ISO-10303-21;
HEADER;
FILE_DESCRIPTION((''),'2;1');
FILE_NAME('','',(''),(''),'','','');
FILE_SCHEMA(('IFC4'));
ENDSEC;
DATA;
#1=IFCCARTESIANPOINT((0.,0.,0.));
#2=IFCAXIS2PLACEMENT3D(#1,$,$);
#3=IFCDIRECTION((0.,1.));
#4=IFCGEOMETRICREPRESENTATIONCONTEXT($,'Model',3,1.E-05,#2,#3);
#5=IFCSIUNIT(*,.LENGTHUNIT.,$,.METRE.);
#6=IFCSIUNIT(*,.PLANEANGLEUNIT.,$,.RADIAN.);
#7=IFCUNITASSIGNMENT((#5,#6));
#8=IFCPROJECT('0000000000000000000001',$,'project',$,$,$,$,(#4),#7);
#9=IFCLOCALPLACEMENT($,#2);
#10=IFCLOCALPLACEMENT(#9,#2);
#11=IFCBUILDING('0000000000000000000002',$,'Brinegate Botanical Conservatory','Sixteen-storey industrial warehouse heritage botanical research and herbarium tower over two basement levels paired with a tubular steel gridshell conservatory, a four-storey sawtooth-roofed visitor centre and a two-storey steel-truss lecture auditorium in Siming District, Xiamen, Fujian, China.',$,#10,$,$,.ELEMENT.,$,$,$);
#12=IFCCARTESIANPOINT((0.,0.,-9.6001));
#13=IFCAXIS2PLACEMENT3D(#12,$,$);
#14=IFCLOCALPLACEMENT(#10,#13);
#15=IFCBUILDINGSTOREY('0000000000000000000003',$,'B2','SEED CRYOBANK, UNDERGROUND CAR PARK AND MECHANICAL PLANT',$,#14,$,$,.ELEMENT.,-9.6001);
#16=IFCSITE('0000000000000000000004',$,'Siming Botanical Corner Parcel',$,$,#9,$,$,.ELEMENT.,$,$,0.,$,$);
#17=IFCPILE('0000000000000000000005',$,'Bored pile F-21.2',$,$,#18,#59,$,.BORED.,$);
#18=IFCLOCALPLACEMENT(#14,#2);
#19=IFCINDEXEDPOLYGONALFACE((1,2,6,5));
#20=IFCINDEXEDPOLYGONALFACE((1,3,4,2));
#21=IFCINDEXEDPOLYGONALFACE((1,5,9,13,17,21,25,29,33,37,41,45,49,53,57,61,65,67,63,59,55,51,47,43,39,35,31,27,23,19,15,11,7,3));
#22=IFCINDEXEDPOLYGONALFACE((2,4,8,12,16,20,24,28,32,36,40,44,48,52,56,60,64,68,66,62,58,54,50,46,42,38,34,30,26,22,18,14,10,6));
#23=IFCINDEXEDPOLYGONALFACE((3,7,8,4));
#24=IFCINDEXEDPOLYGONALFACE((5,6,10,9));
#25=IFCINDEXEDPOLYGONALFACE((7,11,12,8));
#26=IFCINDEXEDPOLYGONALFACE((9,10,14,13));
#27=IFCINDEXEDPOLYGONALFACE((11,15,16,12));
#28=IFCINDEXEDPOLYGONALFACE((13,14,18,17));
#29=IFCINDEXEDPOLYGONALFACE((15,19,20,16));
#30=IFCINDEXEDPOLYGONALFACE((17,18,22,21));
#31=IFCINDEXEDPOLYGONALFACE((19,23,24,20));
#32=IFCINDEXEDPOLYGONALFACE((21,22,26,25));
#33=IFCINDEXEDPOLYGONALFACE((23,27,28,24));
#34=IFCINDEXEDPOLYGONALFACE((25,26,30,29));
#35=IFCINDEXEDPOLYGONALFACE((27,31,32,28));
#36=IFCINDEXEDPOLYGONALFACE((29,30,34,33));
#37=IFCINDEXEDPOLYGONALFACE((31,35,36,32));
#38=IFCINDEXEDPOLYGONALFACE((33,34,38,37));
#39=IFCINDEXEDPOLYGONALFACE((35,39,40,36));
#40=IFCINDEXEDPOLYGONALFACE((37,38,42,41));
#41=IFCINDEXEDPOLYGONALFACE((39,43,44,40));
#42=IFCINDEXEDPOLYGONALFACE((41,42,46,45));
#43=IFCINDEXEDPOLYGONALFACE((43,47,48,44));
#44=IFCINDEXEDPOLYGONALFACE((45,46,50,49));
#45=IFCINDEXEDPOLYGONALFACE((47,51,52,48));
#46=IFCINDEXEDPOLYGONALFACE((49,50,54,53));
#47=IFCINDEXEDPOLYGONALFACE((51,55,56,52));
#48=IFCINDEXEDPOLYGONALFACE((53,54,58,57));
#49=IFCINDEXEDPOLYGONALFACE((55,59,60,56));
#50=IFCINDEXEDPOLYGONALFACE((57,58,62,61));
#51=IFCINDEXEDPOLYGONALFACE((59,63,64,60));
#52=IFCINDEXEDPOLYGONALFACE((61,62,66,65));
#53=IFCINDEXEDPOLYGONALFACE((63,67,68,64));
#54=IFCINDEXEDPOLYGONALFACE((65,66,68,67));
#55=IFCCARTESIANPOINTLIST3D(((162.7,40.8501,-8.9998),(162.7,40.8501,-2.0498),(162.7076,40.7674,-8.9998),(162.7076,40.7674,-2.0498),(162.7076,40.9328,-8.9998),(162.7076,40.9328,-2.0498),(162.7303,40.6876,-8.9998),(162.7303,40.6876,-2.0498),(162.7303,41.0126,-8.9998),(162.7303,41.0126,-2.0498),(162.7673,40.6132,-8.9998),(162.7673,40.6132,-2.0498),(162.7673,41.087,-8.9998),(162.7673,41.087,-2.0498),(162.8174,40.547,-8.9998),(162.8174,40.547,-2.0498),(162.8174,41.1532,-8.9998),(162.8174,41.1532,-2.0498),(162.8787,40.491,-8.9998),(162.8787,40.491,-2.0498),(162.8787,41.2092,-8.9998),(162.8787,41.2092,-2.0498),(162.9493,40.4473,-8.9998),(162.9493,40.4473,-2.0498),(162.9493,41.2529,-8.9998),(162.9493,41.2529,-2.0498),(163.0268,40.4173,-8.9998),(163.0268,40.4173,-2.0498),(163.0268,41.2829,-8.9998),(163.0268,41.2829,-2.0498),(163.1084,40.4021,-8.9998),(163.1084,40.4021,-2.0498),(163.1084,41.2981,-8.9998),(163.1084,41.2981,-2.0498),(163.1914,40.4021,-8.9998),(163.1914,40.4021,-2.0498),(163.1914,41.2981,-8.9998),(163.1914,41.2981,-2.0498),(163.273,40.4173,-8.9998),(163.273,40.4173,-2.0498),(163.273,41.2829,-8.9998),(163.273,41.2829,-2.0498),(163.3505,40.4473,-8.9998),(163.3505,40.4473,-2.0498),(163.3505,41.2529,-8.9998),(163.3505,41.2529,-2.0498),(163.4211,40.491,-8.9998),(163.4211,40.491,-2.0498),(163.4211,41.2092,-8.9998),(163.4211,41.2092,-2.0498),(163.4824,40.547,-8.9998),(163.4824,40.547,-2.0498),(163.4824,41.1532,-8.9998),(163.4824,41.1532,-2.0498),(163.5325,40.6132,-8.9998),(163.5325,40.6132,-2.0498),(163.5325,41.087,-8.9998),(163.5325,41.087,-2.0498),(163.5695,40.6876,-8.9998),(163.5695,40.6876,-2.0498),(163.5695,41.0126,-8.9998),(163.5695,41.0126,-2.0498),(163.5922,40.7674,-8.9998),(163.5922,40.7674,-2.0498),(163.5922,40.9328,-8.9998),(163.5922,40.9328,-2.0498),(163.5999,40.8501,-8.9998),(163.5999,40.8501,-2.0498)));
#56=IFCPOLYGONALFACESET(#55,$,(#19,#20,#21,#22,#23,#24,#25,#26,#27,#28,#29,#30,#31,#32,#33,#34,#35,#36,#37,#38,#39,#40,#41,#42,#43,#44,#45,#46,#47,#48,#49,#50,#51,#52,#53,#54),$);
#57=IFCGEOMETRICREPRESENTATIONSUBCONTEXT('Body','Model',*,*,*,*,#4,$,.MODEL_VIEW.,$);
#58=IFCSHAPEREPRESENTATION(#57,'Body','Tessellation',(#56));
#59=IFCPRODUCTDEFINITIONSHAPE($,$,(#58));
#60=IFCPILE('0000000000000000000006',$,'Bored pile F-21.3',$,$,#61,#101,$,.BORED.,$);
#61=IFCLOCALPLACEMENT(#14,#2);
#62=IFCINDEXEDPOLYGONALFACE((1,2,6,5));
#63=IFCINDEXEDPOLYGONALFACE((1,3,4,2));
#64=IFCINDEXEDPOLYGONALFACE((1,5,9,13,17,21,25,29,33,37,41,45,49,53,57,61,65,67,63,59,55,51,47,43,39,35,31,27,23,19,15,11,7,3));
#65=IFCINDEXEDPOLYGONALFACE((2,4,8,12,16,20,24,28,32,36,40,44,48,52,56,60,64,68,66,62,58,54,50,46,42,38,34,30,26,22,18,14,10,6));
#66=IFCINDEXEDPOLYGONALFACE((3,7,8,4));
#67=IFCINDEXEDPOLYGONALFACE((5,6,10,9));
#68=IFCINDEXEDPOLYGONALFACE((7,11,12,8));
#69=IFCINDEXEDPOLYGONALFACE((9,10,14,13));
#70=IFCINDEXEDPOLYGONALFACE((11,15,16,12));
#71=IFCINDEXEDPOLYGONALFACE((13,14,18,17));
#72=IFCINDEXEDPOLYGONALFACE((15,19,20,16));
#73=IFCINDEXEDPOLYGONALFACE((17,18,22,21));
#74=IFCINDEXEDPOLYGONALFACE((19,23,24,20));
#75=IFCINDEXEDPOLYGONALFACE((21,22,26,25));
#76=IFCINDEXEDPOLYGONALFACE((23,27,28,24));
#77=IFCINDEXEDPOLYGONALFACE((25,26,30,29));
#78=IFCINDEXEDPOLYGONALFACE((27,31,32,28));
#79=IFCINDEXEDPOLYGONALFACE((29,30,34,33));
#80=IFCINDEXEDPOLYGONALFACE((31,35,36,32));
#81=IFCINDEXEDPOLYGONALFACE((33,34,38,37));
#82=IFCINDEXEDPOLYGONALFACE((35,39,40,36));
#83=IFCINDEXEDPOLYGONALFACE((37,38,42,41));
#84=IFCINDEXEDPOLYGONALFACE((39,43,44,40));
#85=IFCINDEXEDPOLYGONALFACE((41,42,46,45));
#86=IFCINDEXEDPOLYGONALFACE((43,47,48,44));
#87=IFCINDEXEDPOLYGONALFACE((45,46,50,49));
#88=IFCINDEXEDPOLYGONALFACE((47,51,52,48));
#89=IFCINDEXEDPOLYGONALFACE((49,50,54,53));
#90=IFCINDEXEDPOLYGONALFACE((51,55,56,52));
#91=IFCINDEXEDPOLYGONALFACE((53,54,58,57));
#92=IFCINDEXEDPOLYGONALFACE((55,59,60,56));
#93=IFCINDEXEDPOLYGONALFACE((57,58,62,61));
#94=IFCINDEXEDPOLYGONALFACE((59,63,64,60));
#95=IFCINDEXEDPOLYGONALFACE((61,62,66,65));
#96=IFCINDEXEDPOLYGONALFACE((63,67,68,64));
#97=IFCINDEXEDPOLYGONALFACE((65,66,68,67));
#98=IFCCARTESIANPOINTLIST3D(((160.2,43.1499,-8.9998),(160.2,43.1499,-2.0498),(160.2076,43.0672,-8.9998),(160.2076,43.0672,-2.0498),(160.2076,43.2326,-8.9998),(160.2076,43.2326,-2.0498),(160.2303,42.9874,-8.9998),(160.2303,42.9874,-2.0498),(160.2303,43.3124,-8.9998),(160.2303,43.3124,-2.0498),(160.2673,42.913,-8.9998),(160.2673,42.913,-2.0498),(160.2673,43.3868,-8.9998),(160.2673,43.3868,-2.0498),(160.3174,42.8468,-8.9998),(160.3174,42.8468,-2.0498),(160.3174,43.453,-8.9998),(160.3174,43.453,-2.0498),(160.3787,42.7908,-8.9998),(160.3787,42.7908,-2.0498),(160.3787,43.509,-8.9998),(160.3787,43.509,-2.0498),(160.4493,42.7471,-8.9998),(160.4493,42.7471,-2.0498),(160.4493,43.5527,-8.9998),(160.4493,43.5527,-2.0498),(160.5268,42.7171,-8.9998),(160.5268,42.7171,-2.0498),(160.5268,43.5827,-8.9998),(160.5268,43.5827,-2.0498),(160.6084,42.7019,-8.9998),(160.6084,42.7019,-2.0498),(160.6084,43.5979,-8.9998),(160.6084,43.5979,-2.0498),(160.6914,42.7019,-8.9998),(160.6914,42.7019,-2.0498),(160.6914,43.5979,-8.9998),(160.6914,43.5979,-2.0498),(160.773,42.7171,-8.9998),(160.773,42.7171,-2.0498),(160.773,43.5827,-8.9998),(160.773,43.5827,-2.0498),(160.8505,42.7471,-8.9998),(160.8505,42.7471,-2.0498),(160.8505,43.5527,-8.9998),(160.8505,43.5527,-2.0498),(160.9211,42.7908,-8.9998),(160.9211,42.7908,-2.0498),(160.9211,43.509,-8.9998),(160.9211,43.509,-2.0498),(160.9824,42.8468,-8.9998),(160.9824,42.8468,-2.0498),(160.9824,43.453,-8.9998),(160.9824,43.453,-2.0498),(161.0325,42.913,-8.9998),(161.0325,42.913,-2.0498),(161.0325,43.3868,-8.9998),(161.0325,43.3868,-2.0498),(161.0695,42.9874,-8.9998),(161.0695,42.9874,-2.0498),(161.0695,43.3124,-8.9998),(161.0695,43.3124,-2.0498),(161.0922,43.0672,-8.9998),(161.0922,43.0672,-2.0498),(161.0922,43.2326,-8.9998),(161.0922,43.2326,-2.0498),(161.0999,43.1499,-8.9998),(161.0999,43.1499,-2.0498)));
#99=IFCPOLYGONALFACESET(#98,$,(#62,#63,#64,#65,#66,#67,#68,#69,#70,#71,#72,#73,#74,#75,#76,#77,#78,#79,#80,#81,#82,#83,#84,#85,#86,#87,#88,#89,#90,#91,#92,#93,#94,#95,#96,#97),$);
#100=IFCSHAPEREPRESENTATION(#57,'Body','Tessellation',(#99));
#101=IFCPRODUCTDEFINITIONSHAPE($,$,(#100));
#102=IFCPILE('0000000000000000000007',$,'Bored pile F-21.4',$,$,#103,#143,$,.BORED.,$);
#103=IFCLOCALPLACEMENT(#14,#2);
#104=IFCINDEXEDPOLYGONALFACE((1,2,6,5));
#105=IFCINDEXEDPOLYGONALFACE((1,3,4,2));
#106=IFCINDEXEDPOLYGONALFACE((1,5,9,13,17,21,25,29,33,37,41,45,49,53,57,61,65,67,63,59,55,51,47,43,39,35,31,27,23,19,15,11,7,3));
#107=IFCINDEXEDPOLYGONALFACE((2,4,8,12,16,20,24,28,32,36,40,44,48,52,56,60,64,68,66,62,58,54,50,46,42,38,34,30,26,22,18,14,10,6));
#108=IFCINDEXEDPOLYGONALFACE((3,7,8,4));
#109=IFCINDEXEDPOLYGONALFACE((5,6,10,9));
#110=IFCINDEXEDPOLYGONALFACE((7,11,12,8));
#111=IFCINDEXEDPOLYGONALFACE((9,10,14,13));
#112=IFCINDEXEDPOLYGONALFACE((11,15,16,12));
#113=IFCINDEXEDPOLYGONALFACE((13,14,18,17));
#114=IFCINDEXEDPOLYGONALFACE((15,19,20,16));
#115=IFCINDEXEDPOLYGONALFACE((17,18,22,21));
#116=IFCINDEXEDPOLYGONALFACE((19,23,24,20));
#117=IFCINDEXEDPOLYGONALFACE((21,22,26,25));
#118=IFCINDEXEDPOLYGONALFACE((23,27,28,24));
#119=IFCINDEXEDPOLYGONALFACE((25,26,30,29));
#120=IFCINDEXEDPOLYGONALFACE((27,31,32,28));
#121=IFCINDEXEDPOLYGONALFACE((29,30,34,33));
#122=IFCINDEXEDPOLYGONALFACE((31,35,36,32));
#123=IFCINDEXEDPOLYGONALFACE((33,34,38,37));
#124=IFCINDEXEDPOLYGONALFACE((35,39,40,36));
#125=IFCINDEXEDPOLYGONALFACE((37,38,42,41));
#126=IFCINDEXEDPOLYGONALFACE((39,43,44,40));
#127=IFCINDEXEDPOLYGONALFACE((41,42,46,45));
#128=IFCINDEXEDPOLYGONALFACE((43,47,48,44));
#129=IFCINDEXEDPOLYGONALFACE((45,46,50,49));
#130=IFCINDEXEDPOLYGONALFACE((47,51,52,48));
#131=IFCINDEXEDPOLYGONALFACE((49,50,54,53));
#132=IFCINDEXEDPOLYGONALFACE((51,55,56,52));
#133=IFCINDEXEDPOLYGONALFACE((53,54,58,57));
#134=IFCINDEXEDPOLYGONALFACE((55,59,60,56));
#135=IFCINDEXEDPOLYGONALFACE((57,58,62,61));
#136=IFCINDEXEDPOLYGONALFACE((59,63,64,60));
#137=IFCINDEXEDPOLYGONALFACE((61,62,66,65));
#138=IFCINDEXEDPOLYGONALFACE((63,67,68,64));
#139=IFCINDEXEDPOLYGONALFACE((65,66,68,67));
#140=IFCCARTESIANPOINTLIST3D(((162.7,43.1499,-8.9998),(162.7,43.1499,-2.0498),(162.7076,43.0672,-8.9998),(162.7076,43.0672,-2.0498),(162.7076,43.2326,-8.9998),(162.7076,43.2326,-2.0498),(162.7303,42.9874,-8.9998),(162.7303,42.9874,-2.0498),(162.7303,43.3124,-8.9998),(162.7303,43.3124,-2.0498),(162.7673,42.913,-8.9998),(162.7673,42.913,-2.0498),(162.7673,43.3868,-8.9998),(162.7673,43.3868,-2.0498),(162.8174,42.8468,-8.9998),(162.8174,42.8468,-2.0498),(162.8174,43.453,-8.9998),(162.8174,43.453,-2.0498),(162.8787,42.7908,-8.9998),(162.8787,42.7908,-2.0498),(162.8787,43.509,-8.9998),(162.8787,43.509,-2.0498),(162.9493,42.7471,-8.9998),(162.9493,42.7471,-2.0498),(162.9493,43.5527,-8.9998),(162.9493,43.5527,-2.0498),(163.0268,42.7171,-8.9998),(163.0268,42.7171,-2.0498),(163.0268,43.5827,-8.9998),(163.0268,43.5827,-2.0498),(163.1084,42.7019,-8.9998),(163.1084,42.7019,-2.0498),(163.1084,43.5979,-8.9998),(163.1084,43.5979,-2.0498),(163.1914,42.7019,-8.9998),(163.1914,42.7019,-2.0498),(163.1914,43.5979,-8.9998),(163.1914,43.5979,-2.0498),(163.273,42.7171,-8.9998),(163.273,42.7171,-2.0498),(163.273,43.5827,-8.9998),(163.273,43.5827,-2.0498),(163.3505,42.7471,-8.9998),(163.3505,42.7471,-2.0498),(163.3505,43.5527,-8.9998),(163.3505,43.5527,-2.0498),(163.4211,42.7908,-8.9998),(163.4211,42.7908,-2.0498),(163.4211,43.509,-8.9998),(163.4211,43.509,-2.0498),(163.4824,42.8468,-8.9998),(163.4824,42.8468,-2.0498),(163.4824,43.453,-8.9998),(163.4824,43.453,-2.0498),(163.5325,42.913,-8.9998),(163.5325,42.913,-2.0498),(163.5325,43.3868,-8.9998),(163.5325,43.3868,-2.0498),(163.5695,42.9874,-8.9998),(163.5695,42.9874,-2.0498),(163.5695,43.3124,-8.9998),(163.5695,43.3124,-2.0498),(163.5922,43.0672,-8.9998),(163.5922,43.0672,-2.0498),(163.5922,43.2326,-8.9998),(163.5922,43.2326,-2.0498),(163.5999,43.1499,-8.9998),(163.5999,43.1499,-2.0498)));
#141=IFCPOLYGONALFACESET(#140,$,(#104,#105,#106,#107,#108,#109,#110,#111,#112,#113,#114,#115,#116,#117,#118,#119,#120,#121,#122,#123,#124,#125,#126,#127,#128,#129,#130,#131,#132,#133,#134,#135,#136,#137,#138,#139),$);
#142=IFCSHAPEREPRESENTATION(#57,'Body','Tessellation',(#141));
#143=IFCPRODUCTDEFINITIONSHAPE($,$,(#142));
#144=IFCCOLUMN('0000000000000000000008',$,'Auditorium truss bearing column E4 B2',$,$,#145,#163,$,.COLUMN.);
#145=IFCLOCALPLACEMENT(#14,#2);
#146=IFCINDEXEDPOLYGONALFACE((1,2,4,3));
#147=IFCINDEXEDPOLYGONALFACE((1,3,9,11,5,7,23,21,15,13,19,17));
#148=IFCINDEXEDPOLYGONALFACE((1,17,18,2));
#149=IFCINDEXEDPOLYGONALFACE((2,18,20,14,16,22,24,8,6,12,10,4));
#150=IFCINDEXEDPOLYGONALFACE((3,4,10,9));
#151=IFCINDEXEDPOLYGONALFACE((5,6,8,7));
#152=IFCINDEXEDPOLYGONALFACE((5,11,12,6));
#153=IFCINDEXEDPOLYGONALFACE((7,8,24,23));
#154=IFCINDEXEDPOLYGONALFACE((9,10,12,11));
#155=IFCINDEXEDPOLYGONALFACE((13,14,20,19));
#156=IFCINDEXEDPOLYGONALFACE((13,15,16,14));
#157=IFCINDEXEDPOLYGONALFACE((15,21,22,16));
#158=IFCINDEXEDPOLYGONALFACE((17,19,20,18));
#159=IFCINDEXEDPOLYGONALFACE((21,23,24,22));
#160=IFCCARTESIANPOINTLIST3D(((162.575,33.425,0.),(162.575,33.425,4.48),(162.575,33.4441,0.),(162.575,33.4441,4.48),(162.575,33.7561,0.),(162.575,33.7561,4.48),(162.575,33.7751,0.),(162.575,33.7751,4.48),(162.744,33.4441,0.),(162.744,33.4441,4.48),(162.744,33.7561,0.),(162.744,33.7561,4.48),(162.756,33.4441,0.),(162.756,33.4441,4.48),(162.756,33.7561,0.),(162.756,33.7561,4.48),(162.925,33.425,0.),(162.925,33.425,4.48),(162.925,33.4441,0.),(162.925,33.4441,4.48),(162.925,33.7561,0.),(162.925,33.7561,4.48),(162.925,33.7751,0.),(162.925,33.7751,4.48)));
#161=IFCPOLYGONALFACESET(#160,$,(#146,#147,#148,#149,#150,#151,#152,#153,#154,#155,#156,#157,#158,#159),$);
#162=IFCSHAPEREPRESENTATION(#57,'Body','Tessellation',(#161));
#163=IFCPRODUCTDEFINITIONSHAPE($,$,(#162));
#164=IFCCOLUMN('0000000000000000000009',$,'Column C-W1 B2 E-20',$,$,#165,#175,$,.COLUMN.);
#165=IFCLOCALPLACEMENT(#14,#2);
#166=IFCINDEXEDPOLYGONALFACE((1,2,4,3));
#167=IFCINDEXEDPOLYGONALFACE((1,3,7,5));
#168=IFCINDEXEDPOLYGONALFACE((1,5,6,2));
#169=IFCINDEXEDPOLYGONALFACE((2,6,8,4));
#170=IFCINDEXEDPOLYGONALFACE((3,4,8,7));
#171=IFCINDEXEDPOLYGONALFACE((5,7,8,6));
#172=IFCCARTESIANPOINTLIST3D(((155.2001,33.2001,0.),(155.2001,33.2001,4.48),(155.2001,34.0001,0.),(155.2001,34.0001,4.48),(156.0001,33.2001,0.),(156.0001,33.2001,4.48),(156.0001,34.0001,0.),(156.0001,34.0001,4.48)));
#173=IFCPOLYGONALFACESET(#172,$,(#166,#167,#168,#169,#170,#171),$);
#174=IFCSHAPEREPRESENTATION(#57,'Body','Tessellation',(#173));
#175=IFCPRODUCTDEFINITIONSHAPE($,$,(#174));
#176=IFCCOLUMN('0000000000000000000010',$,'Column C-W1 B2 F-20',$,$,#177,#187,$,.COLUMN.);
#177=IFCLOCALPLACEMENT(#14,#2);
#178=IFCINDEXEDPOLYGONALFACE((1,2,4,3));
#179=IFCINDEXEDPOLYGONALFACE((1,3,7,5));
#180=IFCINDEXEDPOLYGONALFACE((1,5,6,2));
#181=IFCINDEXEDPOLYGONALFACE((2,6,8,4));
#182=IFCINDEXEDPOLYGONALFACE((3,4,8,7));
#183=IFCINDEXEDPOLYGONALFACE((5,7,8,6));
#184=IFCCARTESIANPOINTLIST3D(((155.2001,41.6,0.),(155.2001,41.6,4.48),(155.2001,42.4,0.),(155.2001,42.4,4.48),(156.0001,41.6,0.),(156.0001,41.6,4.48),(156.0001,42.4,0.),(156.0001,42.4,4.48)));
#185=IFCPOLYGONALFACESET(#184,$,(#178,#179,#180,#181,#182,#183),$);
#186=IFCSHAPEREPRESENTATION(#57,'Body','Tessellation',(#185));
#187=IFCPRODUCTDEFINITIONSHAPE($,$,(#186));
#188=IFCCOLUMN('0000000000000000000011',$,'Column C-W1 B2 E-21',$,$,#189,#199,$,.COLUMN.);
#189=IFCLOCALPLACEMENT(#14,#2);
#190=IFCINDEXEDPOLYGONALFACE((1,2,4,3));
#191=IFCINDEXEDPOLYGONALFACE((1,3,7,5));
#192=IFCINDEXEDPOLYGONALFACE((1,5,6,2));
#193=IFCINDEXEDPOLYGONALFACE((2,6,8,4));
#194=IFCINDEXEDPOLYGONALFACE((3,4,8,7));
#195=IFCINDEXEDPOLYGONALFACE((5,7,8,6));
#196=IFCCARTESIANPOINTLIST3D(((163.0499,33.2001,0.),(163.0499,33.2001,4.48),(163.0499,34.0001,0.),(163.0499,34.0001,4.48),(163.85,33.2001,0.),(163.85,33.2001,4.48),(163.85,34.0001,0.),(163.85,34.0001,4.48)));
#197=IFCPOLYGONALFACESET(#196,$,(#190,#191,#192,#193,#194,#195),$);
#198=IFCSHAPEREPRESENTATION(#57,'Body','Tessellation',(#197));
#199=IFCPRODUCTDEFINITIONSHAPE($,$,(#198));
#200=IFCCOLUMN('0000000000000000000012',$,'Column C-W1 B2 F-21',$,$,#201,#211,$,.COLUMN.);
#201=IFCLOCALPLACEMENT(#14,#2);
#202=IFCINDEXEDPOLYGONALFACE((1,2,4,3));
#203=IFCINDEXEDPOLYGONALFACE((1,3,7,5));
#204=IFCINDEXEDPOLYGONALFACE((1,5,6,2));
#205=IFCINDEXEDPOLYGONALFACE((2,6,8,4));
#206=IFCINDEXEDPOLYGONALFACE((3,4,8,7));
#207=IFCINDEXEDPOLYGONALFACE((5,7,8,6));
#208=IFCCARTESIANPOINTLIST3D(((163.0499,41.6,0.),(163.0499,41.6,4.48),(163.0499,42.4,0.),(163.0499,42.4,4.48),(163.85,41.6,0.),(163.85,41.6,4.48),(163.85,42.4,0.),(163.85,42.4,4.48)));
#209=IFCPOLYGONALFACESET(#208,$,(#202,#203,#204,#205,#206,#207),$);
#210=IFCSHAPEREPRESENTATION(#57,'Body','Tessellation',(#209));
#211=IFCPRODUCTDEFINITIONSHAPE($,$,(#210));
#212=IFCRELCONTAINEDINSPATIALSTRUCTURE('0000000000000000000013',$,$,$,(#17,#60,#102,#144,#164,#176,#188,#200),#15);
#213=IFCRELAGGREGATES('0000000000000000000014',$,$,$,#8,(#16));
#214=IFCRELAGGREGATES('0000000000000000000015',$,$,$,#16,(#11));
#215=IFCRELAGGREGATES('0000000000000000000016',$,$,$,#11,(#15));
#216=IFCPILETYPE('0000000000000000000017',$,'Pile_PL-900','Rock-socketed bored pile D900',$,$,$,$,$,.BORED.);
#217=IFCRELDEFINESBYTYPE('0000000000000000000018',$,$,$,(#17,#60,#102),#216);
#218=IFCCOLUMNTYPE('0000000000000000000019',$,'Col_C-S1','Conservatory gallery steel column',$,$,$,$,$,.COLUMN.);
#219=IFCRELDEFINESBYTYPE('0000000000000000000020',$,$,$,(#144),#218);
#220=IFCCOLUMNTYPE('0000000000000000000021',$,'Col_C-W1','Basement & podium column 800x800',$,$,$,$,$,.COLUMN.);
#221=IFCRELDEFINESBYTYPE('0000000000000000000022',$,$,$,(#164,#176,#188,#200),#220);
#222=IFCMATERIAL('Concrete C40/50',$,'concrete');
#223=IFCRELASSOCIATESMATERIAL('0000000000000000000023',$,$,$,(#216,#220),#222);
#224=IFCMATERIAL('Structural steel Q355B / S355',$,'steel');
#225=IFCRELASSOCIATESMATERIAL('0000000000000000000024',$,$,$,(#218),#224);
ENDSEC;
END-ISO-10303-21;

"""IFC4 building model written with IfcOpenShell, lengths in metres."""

from ifc_helpers import new_model, si_unit, direction, frame, origin, origin_2d, place, context, subcontext, project, spatial, rectangle, circle, i_section, extrude, material, material_profile, profile_set, type_object, element, save


model = new_model("IFC4")

# Units and contexts
model_context = context("Model", 3, precision=1e-05, world=origin(), true_north=direction((0.0, 1.0)))
body_context = subcontext(model_context, "Body", "Model", "MODEL_VIEW")
ifc_project = project(units=[si_unit("LENGTHUNIT", "METRE"), si_unit("PLANEANGLEUNIT", "RADIAN")], contexts=[model_context])

# Site, building, storey
site_placement = place(None, origin())
site = spatial("IfcSite", under=ifc_project, at=site_placement, Name="Siming Botanical Corner Parcel", CompositionType="ELEMENT", RefElevation=0.0)
building_placement = place(site_placement, origin())
building = spatial("IfcBuilding", under=site, at=building_placement, Name="Brinegate Botanical Conservatory", Description="Sixteen-storey industrial warehouse heritage botanical research and herbarium tower over two basement levels paired with a tubular steel gridshell conservatory, a four-storey sawtooth-roofed visitor centre and a two-storey steel-truss lecture auditorium in Siming District, Xiamen, Fujian, China.", CompositionType="ELEMENT")
storey_placement = place(building_placement, frame((0.0, 0.0, -9.6001)))
storey = spatial("IfcBuildingStorey", under=building, at=storey_placement, Name="B2", Description="SEED CRYOBANK, UNDERGROUND CAR PARK AND MECHANICAL PLANT", CompositionType="ELEMENT", Elevation=-9.6001)

# Shared definitions
ifc_material_1 = material(Name="Concrete C40/50", Category="concrete")

# Piles
ifc_material_profile_1 = material_profile(ifc_material_1, circle(Radius=0.45, at=origin_2d()), Name="PILE D900")
ifc_profile_set_1 = profile_set([ifc_material_profile_1], Name="Concrete C40/50")
pile_type = type_object("IfcPileType", Name="Pile_PL-900", Description="Rock-socketed bored pile D900", PredefinedType="BORED", material=ifc_profile_set_1)
for number, where, z_axis, x_axis, name in (
    (1, (163.1499, 40.8501, -2.0498), (0.0, 0.0, -1.0), (1.0, 0.0, 0.0), "Bored pile F-21.2"),
    (2, (160.6499, 43.1499, -2.0498), (0.0, 0.0, -1.0), (1.0, 0.0, 0.0), "Bored pile F-21.3"),
    (3, (163.1499, 43.1499, -2.0498), (0.0, 0.0, -1.0), (1.0, 0.0, 0.0), "Bored pile F-21.4"),
):
    element("IfcPile", number, at=place(storey_placement, frame(where, z_axis=z_axis, x_axis=x_axis)), inside=storey, type_object=pile_type, Name=name, PredefinedType="BORED", context=body_context, shape_type="SweptSolid", body=[
        extrude(circle(Radius=0.45, at=origin_2d()), origin(), (0.0, 0.0, 1.0), 6.95),
    ])

# Columns
ifc_material_2 = material(Name="Structural steel Q355B / S355", Category="steel")
ifc_material_profile_2 = material_profile(ifc_material_2, i_section(OverallWidth=0.3501, OverallDepth=0.3501, WebThickness=0.012, FlangeThickness=0.019, at=origin_2d()), Name="HW 350x350x12x19")
ifc_profile_set_2 = profile_set([ifc_material_profile_2], Name="Structural steel Q355B / S355")
column_type_1 = type_object("IfcColumnType", Name="Col_C-S1", Description="Conservatory gallery steel column", PredefinedType="COLUMN", material=ifc_profile_set_2)
column_placement = place(storey_placement, frame((162.75, 33.6001, 0.0), z_axis=(0.0, 0.0, 1.0), x_axis=(1.0, 0.0, 0.0)))
element("IfcColumn", 4, at=column_placement, inside=storey, type_object=column_type_1, Name="Auditorium truss bearing column E4 B2", PredefinedType="COLUMN", context=body_context, shape_type="SweptSolid", body=[
    extrude(i_section(OverallWidth=0.3501, OverallDepth=0.3501, WebThickness=0.012, FlangeThickness=0.019, at=origin_2d()), origin(), (0.0, 0.0, 1.0), 4.48),
])
ifc_material_profile_3 = material_profile(ifc_material_1, rectangle(XDim=0.8, YDim=0.8, at=origin_2d()), Name="RC COL 800x800")
ifc_profile_set_3 = profile_set([ifc_material_profile_3], Name="Concrete C40/50")
column_type_2 = type_object("IfcColumnType", Name="Col_C-W1", Description="Basement & podium column 800x800", PredefinedType="COLUMN", material=ifc_profile_set_3)
for number, where, z_axis, x_axis, name in (
    (5, (155.6001, 33.6001, 0.0), (0.0, 0.0, 1.0), (1.0, 0.0, 0.0), "Column C-W1 B2 E-20"),
    (6, (155.6001, 42.0, 0.0), (0.0, 0.0, 1.0), (1.0, 0.0, 0.0), "Column C-W1 B2 F-20"),
    (7, (163.45, 33.6001, 0.0), (0.0, 0.0, 1.0), (1.0, 0.0, 0.0), "Column C-W1 B2 E-21"),
    (8, (163.45, 42.0, 0.0), (0.0, 0.0, 1.0), (1.0, 0.0, 0.0), "Column C-W1 B2 F-21"),
):
    element("IfcColumn", number, at=place(storey_placement, frame(where, z_axis=z_axis, x_axis=x_axis)), inside=storey, type_object=column_type_2, Name=name, PredefinedType="COLUMN", context=body_context, shape_type="SweptSolid", body=[
        extrude(rectangle(XDim=0.8, YDim=0.8, at=origin_2d()), origin(), (0.0, 0.0, 1.0), 4.48),
    ])

save(model, "model.ifc")
